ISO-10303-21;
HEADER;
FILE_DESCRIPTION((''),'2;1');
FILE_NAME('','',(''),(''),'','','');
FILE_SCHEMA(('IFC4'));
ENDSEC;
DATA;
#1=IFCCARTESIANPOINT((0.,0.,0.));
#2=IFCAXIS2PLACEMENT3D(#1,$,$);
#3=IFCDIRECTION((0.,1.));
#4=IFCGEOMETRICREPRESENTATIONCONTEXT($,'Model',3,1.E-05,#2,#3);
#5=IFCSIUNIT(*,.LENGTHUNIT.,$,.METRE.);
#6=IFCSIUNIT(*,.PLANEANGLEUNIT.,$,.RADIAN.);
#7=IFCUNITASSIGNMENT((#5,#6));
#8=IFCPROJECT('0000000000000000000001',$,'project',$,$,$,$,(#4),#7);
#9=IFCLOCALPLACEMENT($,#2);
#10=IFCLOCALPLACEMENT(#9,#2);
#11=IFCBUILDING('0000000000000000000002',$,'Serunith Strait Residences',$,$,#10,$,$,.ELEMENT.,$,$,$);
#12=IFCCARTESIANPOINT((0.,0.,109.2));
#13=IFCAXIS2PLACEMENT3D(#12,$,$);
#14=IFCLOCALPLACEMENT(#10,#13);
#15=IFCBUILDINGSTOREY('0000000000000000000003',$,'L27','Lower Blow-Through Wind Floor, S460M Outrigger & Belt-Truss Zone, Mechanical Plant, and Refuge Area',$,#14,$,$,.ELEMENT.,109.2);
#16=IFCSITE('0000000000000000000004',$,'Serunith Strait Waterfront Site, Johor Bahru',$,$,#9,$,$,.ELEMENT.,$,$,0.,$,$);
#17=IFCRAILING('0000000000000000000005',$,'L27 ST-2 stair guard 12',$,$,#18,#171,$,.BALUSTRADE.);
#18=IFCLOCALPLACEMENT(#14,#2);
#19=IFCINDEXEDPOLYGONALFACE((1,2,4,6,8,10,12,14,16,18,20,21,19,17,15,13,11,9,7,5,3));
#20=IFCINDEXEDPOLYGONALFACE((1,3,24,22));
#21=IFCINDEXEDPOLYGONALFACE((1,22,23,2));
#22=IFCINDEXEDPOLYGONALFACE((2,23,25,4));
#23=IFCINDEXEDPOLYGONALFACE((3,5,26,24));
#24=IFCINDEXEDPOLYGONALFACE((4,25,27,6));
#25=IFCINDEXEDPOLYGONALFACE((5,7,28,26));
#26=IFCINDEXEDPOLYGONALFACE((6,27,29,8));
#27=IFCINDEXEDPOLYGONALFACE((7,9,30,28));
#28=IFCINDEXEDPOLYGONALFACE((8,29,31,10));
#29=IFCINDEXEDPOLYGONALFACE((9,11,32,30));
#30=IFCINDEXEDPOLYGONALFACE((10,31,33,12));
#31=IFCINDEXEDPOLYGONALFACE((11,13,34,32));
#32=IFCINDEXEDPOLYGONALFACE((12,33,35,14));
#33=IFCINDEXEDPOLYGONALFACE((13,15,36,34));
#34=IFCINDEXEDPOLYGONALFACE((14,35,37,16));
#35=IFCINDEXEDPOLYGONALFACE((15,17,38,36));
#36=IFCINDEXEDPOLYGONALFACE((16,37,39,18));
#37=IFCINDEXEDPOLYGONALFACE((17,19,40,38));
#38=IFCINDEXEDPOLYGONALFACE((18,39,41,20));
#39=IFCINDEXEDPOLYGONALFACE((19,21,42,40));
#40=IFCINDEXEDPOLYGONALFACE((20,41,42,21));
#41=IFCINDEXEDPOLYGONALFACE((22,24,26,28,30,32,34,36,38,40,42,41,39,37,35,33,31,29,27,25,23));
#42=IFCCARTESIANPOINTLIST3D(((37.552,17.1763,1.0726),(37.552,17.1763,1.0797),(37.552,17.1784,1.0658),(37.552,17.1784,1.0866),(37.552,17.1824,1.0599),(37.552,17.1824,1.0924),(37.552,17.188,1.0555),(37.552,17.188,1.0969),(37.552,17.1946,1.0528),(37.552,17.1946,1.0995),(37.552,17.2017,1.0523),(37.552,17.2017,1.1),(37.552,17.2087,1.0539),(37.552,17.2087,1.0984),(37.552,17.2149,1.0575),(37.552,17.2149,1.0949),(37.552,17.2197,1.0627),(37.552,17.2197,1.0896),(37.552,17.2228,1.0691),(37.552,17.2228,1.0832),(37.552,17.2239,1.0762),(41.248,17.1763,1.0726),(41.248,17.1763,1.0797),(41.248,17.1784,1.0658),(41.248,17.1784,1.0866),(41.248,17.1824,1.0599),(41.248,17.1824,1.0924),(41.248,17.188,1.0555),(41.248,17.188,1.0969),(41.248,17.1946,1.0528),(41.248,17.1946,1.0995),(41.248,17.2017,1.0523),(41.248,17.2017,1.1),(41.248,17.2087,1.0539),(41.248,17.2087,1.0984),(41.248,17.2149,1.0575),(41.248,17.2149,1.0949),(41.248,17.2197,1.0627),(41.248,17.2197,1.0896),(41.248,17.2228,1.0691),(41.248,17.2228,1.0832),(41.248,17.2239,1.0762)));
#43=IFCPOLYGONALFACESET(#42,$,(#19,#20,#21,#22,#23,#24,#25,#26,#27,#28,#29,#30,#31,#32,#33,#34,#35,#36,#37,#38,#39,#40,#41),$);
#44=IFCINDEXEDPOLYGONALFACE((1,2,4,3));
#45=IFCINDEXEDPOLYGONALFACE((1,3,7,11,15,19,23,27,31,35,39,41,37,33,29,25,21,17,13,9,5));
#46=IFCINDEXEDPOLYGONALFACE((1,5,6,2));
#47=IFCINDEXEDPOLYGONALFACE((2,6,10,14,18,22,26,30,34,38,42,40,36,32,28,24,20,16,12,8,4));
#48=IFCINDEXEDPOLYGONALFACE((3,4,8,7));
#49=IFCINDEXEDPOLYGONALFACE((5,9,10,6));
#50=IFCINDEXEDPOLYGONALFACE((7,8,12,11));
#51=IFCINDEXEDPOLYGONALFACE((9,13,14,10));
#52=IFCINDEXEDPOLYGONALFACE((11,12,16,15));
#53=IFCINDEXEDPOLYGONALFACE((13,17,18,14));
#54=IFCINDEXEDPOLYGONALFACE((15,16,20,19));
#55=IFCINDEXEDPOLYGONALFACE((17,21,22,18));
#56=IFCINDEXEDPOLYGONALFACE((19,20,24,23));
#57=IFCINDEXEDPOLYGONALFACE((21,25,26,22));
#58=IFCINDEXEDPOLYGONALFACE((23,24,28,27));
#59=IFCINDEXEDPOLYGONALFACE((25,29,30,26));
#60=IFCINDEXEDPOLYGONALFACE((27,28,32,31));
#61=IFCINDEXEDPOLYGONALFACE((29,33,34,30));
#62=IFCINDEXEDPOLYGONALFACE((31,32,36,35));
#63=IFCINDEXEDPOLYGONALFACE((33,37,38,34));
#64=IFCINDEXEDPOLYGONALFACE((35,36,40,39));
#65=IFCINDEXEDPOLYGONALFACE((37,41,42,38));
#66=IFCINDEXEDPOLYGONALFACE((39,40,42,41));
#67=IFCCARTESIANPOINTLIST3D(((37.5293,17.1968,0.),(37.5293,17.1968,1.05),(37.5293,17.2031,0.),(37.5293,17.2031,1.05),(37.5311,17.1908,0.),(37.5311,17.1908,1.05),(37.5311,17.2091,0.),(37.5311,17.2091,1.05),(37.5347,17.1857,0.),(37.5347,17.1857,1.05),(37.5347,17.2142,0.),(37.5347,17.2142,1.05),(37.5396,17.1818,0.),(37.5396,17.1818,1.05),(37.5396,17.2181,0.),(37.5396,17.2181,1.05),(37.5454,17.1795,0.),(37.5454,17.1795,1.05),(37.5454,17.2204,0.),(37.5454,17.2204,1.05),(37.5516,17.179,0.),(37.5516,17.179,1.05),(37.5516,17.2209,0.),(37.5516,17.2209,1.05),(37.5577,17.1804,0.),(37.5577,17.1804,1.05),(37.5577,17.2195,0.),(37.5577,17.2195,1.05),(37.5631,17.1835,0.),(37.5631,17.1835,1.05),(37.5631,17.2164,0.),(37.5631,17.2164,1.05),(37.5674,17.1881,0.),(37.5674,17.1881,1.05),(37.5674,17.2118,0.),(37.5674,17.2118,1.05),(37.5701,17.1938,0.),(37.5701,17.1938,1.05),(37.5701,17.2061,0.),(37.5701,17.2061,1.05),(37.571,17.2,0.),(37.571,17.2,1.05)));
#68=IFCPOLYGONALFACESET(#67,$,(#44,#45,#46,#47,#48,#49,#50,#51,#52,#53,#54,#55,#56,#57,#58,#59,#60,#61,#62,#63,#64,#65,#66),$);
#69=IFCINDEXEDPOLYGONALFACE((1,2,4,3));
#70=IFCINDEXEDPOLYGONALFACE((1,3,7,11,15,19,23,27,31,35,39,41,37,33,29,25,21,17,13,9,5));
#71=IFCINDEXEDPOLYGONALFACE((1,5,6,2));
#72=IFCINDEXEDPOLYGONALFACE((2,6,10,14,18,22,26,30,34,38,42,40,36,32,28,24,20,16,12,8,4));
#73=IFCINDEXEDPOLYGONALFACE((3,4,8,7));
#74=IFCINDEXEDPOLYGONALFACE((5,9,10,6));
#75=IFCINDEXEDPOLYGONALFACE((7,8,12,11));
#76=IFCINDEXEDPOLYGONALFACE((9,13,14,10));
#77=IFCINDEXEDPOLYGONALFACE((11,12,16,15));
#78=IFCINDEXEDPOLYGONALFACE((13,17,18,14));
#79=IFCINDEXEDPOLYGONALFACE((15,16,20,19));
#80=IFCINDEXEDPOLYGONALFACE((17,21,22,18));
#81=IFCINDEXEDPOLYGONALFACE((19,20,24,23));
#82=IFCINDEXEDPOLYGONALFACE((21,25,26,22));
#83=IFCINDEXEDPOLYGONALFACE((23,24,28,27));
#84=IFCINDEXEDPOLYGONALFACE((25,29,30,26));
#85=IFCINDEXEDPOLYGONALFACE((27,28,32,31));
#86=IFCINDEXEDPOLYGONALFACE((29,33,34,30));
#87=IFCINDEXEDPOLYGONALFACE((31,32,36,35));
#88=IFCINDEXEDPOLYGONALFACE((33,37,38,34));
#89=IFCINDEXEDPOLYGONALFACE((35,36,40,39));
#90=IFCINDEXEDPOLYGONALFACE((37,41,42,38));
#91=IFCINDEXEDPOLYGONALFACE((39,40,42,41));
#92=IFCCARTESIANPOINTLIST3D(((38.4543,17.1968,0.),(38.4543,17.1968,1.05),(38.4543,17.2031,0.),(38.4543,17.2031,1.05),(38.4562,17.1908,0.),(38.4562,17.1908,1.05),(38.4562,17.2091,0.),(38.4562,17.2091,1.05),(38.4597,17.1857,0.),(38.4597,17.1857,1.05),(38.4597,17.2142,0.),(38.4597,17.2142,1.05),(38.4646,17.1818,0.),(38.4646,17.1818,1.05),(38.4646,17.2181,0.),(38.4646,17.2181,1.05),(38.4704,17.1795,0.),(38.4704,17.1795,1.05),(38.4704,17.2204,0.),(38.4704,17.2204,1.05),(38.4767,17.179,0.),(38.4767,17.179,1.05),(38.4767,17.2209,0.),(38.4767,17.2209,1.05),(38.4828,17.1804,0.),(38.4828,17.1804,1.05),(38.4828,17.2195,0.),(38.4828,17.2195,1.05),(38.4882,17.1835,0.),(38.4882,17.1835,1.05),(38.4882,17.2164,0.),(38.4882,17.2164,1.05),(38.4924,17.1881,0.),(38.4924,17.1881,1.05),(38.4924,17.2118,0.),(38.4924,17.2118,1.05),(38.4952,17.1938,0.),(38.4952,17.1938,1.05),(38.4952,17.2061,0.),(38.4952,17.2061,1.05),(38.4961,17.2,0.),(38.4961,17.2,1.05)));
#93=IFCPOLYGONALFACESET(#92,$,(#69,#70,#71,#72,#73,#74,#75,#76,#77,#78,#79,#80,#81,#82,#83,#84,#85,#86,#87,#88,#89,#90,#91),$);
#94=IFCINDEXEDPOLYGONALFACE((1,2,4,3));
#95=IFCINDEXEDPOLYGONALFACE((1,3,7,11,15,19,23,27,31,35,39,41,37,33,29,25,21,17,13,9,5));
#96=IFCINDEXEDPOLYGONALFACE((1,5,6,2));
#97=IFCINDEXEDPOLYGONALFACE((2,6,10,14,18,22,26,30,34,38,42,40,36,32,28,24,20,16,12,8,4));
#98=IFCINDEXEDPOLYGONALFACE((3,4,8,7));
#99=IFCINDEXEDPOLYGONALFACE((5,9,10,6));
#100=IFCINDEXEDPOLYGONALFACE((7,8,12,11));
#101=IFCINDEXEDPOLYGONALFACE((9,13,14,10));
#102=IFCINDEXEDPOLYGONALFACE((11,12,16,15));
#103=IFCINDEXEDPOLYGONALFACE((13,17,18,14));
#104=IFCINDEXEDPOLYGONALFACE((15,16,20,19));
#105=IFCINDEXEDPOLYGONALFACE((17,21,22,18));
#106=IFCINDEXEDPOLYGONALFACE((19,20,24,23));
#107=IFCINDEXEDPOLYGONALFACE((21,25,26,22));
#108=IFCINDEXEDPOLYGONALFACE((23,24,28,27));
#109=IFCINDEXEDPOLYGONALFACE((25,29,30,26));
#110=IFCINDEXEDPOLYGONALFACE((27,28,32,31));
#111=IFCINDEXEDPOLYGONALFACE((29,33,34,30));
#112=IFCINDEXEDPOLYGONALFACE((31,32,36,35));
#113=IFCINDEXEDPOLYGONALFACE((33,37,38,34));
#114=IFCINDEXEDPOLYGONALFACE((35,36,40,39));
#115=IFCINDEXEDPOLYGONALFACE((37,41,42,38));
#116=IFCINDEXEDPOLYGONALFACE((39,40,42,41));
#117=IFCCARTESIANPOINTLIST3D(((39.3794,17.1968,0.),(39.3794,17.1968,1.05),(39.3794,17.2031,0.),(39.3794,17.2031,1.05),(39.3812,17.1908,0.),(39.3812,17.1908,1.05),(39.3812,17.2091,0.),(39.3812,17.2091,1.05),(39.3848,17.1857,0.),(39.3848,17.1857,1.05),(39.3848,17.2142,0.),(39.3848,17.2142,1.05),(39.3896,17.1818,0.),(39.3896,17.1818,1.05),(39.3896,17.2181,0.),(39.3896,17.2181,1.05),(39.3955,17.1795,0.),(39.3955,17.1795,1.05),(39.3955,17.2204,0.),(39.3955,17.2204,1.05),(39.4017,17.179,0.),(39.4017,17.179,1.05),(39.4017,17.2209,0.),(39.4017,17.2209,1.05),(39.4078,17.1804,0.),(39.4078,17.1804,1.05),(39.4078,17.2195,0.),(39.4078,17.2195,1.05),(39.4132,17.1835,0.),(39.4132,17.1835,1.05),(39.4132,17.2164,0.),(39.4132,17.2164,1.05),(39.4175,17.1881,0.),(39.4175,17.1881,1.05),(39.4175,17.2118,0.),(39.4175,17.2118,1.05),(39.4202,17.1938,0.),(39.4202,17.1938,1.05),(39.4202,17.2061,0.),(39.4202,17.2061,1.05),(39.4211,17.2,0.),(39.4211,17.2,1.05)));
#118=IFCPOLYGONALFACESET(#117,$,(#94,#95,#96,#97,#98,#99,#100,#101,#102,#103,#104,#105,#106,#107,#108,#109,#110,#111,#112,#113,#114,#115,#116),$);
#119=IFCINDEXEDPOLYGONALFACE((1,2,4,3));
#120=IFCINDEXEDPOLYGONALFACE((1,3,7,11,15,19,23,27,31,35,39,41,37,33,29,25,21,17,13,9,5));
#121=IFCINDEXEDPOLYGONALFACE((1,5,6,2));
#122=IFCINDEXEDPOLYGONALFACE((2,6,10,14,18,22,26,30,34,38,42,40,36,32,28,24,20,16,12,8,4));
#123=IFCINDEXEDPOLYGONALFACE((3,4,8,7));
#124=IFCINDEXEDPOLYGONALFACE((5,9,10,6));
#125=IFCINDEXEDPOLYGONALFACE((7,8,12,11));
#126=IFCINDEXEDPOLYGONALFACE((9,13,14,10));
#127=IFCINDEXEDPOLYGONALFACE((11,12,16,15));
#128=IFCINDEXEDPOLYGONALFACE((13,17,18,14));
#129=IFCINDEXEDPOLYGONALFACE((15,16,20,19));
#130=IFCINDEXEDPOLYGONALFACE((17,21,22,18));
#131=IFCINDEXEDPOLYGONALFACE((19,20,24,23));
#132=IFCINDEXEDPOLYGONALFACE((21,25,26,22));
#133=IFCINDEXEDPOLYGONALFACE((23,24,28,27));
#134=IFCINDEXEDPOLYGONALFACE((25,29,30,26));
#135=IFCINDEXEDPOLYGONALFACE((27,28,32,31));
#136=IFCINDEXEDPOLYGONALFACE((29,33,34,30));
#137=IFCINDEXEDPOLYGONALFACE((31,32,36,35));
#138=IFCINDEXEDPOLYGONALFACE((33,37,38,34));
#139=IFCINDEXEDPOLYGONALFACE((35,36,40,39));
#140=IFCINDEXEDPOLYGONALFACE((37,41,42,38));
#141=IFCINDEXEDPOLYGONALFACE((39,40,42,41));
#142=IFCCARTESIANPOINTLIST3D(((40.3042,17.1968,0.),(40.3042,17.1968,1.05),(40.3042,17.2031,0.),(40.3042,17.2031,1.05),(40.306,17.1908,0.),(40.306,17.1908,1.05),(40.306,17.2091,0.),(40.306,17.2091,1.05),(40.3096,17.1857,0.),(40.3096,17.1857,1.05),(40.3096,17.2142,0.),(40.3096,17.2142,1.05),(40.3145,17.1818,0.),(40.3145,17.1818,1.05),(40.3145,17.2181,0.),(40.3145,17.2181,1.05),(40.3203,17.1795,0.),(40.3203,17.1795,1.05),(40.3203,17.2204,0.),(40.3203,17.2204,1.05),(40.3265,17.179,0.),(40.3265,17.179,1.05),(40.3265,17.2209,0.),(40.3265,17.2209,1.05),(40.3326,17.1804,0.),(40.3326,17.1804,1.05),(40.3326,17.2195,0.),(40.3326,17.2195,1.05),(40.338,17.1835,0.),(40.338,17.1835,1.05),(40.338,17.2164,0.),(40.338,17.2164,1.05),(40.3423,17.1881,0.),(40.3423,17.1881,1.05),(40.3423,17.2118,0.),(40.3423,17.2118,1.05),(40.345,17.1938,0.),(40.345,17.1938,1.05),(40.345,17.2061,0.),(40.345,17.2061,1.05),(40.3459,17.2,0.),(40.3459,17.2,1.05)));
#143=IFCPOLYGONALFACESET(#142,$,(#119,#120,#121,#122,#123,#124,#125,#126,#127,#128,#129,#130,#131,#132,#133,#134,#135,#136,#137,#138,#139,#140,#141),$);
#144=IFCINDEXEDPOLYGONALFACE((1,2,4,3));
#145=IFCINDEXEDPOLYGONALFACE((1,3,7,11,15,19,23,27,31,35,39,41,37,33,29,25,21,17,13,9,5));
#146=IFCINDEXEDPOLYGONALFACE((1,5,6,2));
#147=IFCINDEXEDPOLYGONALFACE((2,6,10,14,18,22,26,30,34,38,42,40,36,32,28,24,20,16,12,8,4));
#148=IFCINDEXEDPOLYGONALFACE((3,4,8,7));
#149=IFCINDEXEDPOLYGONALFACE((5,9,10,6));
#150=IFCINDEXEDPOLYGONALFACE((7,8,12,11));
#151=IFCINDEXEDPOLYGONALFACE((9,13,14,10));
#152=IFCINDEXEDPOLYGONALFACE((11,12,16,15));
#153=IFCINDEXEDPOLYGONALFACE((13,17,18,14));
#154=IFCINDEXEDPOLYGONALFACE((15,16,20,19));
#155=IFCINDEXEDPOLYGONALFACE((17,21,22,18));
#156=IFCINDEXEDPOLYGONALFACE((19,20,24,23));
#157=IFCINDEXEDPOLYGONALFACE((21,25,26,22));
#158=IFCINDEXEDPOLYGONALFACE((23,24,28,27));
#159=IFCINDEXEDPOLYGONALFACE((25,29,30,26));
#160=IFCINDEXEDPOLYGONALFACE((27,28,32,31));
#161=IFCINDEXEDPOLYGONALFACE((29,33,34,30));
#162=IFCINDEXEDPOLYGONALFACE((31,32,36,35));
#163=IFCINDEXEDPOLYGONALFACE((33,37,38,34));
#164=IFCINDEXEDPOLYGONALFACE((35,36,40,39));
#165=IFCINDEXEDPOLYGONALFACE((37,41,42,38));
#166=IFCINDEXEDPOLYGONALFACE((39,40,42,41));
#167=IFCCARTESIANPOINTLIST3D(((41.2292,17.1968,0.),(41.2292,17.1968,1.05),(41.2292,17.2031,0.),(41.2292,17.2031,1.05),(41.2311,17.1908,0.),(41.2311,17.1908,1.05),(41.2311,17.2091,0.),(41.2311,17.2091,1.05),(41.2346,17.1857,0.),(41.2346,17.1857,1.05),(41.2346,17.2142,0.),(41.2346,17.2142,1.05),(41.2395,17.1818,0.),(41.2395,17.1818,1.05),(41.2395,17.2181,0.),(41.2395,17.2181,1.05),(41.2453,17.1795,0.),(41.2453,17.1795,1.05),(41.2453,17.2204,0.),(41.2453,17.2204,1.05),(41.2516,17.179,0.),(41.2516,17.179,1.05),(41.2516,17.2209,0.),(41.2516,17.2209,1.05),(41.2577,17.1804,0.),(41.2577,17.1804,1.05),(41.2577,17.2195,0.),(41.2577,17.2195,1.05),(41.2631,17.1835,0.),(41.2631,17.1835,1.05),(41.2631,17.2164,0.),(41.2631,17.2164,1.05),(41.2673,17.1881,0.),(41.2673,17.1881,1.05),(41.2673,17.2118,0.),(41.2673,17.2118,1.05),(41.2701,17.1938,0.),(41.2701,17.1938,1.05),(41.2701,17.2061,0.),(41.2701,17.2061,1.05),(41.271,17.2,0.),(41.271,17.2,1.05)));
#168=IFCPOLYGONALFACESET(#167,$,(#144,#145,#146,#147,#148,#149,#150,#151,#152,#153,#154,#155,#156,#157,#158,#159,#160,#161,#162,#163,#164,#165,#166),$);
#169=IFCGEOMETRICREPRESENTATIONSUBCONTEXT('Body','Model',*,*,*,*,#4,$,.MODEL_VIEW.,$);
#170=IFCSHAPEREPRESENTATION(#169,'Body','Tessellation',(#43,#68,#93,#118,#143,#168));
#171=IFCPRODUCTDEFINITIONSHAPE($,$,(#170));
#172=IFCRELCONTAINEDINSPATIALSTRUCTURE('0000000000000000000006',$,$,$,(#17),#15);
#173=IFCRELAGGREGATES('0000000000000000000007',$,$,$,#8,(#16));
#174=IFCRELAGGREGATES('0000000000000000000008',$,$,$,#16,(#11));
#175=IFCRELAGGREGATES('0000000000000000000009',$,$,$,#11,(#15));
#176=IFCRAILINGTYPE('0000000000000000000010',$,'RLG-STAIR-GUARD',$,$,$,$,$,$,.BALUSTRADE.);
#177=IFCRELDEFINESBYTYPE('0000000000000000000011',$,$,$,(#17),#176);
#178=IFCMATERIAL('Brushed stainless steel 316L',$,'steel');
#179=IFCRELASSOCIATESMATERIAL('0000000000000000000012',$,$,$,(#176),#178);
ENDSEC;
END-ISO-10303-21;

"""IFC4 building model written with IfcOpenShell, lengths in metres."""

from ifc_helpers import new_model, si_unit, direction, frame, origin, origin_2d, place, context, subcontext, project, spatial, circle, extrude, material, type_object, element, save


model = new_model("IFC4")

# Units and contexts
model_context = context("Model", 3, precision=1e-05, world=origin(), true_north=direction((0.0, 1.0)))
body_context = subcontext(model_context, "Body", "Model", "MODEL_VIEW")
ifc_project = project(units=[si_unit("LENGTHUNIT", "METRE"), si_unit("PLANEANGLEUNIT", "RADIAN")], contexts=[model_context])

# Site, building, storey
site_placement = place(None, origin())
site = spatial("IfcSite", under=ifc_project, at=site_placement, Name="Serunith Strait Waterfront Site, Johor Bahru", CompositionType="ELEMENT", RefElevation=0.0)
building_placement = place(site_placement, origin())
building = spatial("IfcBuilding", under=site, at=building_placement, Name="Serunith Strait Residences", CompositionType="ELEMENT")
storey_placement = place(building_placement, frame((0.0, 0.0, 109.2)))
storey = spatial("IfcBuildingStorey", under=building, at=storey_placement, Name="L27", Description="Lower Blow-Through Wind Floor, S460M Outrigger & Belt-Truss Zone, Mechanical Plant, and Refuge Area", CompositionType="ELEMENT", Elevation=109.2)

# Railing
ifc_material_1 = material(Name="Brushed stainless steel 316L", Category="steel")
railing_type_1 = type_object("IfcRailingType", Name="RLG-STAIR-GUARD", PredefinedType="BALUSTRADE", material=ifc_material_1)
railing_1_placement = place(storey_placement, frame((37.55, 17.2, 0.0)))
element("IfcRailing", 1, at=railing_1_placement, inside=storey, type_object=railing_type_1, Name="L27 ST-2 stair guard 12", PredefinedType="BALUSTRADE", context=body_context, shape_type="SweptSolid", body=[
    extrude(circle(Radius=0.0239, at=origin_2d()), frame((0.002, 0.0, 1.0762), z_axis=(1.0, 0.0, 0.0), x_axis=(0.0, 1.0, 0.0)), (0.0, 0.0, 1.0), 3.696),
    extrude(circle(Radius=0.021, at=origin_2d()), origin(), (0.0, 0.0, 1.0), 1.05),
    extrude(circle(Radius=0.021, at=origin_2d()), frame((0.925, 0.0, 0.0)), (0.0, 0.0, 1.0), 1.05),
    extrude(circle(Radius=0.021, at=origin_2d()), frame((1.8501, 0.0, 0.0)), (0.0, 0.0, 1.0), 1.05),
    extrude(circle(Radius=0.021, at=origin_2d()), frame((2.7749, 0.0, 0.0)), (0.0, 0.0, 1.0), 1.05),
    extrude(circle(Radius=0.021, at=origin_2d()), frame((3.7, 0.0, 0.0)), (0.0, 0.0, 1.0), 1.05),
])

save(model, "model.ifc")
